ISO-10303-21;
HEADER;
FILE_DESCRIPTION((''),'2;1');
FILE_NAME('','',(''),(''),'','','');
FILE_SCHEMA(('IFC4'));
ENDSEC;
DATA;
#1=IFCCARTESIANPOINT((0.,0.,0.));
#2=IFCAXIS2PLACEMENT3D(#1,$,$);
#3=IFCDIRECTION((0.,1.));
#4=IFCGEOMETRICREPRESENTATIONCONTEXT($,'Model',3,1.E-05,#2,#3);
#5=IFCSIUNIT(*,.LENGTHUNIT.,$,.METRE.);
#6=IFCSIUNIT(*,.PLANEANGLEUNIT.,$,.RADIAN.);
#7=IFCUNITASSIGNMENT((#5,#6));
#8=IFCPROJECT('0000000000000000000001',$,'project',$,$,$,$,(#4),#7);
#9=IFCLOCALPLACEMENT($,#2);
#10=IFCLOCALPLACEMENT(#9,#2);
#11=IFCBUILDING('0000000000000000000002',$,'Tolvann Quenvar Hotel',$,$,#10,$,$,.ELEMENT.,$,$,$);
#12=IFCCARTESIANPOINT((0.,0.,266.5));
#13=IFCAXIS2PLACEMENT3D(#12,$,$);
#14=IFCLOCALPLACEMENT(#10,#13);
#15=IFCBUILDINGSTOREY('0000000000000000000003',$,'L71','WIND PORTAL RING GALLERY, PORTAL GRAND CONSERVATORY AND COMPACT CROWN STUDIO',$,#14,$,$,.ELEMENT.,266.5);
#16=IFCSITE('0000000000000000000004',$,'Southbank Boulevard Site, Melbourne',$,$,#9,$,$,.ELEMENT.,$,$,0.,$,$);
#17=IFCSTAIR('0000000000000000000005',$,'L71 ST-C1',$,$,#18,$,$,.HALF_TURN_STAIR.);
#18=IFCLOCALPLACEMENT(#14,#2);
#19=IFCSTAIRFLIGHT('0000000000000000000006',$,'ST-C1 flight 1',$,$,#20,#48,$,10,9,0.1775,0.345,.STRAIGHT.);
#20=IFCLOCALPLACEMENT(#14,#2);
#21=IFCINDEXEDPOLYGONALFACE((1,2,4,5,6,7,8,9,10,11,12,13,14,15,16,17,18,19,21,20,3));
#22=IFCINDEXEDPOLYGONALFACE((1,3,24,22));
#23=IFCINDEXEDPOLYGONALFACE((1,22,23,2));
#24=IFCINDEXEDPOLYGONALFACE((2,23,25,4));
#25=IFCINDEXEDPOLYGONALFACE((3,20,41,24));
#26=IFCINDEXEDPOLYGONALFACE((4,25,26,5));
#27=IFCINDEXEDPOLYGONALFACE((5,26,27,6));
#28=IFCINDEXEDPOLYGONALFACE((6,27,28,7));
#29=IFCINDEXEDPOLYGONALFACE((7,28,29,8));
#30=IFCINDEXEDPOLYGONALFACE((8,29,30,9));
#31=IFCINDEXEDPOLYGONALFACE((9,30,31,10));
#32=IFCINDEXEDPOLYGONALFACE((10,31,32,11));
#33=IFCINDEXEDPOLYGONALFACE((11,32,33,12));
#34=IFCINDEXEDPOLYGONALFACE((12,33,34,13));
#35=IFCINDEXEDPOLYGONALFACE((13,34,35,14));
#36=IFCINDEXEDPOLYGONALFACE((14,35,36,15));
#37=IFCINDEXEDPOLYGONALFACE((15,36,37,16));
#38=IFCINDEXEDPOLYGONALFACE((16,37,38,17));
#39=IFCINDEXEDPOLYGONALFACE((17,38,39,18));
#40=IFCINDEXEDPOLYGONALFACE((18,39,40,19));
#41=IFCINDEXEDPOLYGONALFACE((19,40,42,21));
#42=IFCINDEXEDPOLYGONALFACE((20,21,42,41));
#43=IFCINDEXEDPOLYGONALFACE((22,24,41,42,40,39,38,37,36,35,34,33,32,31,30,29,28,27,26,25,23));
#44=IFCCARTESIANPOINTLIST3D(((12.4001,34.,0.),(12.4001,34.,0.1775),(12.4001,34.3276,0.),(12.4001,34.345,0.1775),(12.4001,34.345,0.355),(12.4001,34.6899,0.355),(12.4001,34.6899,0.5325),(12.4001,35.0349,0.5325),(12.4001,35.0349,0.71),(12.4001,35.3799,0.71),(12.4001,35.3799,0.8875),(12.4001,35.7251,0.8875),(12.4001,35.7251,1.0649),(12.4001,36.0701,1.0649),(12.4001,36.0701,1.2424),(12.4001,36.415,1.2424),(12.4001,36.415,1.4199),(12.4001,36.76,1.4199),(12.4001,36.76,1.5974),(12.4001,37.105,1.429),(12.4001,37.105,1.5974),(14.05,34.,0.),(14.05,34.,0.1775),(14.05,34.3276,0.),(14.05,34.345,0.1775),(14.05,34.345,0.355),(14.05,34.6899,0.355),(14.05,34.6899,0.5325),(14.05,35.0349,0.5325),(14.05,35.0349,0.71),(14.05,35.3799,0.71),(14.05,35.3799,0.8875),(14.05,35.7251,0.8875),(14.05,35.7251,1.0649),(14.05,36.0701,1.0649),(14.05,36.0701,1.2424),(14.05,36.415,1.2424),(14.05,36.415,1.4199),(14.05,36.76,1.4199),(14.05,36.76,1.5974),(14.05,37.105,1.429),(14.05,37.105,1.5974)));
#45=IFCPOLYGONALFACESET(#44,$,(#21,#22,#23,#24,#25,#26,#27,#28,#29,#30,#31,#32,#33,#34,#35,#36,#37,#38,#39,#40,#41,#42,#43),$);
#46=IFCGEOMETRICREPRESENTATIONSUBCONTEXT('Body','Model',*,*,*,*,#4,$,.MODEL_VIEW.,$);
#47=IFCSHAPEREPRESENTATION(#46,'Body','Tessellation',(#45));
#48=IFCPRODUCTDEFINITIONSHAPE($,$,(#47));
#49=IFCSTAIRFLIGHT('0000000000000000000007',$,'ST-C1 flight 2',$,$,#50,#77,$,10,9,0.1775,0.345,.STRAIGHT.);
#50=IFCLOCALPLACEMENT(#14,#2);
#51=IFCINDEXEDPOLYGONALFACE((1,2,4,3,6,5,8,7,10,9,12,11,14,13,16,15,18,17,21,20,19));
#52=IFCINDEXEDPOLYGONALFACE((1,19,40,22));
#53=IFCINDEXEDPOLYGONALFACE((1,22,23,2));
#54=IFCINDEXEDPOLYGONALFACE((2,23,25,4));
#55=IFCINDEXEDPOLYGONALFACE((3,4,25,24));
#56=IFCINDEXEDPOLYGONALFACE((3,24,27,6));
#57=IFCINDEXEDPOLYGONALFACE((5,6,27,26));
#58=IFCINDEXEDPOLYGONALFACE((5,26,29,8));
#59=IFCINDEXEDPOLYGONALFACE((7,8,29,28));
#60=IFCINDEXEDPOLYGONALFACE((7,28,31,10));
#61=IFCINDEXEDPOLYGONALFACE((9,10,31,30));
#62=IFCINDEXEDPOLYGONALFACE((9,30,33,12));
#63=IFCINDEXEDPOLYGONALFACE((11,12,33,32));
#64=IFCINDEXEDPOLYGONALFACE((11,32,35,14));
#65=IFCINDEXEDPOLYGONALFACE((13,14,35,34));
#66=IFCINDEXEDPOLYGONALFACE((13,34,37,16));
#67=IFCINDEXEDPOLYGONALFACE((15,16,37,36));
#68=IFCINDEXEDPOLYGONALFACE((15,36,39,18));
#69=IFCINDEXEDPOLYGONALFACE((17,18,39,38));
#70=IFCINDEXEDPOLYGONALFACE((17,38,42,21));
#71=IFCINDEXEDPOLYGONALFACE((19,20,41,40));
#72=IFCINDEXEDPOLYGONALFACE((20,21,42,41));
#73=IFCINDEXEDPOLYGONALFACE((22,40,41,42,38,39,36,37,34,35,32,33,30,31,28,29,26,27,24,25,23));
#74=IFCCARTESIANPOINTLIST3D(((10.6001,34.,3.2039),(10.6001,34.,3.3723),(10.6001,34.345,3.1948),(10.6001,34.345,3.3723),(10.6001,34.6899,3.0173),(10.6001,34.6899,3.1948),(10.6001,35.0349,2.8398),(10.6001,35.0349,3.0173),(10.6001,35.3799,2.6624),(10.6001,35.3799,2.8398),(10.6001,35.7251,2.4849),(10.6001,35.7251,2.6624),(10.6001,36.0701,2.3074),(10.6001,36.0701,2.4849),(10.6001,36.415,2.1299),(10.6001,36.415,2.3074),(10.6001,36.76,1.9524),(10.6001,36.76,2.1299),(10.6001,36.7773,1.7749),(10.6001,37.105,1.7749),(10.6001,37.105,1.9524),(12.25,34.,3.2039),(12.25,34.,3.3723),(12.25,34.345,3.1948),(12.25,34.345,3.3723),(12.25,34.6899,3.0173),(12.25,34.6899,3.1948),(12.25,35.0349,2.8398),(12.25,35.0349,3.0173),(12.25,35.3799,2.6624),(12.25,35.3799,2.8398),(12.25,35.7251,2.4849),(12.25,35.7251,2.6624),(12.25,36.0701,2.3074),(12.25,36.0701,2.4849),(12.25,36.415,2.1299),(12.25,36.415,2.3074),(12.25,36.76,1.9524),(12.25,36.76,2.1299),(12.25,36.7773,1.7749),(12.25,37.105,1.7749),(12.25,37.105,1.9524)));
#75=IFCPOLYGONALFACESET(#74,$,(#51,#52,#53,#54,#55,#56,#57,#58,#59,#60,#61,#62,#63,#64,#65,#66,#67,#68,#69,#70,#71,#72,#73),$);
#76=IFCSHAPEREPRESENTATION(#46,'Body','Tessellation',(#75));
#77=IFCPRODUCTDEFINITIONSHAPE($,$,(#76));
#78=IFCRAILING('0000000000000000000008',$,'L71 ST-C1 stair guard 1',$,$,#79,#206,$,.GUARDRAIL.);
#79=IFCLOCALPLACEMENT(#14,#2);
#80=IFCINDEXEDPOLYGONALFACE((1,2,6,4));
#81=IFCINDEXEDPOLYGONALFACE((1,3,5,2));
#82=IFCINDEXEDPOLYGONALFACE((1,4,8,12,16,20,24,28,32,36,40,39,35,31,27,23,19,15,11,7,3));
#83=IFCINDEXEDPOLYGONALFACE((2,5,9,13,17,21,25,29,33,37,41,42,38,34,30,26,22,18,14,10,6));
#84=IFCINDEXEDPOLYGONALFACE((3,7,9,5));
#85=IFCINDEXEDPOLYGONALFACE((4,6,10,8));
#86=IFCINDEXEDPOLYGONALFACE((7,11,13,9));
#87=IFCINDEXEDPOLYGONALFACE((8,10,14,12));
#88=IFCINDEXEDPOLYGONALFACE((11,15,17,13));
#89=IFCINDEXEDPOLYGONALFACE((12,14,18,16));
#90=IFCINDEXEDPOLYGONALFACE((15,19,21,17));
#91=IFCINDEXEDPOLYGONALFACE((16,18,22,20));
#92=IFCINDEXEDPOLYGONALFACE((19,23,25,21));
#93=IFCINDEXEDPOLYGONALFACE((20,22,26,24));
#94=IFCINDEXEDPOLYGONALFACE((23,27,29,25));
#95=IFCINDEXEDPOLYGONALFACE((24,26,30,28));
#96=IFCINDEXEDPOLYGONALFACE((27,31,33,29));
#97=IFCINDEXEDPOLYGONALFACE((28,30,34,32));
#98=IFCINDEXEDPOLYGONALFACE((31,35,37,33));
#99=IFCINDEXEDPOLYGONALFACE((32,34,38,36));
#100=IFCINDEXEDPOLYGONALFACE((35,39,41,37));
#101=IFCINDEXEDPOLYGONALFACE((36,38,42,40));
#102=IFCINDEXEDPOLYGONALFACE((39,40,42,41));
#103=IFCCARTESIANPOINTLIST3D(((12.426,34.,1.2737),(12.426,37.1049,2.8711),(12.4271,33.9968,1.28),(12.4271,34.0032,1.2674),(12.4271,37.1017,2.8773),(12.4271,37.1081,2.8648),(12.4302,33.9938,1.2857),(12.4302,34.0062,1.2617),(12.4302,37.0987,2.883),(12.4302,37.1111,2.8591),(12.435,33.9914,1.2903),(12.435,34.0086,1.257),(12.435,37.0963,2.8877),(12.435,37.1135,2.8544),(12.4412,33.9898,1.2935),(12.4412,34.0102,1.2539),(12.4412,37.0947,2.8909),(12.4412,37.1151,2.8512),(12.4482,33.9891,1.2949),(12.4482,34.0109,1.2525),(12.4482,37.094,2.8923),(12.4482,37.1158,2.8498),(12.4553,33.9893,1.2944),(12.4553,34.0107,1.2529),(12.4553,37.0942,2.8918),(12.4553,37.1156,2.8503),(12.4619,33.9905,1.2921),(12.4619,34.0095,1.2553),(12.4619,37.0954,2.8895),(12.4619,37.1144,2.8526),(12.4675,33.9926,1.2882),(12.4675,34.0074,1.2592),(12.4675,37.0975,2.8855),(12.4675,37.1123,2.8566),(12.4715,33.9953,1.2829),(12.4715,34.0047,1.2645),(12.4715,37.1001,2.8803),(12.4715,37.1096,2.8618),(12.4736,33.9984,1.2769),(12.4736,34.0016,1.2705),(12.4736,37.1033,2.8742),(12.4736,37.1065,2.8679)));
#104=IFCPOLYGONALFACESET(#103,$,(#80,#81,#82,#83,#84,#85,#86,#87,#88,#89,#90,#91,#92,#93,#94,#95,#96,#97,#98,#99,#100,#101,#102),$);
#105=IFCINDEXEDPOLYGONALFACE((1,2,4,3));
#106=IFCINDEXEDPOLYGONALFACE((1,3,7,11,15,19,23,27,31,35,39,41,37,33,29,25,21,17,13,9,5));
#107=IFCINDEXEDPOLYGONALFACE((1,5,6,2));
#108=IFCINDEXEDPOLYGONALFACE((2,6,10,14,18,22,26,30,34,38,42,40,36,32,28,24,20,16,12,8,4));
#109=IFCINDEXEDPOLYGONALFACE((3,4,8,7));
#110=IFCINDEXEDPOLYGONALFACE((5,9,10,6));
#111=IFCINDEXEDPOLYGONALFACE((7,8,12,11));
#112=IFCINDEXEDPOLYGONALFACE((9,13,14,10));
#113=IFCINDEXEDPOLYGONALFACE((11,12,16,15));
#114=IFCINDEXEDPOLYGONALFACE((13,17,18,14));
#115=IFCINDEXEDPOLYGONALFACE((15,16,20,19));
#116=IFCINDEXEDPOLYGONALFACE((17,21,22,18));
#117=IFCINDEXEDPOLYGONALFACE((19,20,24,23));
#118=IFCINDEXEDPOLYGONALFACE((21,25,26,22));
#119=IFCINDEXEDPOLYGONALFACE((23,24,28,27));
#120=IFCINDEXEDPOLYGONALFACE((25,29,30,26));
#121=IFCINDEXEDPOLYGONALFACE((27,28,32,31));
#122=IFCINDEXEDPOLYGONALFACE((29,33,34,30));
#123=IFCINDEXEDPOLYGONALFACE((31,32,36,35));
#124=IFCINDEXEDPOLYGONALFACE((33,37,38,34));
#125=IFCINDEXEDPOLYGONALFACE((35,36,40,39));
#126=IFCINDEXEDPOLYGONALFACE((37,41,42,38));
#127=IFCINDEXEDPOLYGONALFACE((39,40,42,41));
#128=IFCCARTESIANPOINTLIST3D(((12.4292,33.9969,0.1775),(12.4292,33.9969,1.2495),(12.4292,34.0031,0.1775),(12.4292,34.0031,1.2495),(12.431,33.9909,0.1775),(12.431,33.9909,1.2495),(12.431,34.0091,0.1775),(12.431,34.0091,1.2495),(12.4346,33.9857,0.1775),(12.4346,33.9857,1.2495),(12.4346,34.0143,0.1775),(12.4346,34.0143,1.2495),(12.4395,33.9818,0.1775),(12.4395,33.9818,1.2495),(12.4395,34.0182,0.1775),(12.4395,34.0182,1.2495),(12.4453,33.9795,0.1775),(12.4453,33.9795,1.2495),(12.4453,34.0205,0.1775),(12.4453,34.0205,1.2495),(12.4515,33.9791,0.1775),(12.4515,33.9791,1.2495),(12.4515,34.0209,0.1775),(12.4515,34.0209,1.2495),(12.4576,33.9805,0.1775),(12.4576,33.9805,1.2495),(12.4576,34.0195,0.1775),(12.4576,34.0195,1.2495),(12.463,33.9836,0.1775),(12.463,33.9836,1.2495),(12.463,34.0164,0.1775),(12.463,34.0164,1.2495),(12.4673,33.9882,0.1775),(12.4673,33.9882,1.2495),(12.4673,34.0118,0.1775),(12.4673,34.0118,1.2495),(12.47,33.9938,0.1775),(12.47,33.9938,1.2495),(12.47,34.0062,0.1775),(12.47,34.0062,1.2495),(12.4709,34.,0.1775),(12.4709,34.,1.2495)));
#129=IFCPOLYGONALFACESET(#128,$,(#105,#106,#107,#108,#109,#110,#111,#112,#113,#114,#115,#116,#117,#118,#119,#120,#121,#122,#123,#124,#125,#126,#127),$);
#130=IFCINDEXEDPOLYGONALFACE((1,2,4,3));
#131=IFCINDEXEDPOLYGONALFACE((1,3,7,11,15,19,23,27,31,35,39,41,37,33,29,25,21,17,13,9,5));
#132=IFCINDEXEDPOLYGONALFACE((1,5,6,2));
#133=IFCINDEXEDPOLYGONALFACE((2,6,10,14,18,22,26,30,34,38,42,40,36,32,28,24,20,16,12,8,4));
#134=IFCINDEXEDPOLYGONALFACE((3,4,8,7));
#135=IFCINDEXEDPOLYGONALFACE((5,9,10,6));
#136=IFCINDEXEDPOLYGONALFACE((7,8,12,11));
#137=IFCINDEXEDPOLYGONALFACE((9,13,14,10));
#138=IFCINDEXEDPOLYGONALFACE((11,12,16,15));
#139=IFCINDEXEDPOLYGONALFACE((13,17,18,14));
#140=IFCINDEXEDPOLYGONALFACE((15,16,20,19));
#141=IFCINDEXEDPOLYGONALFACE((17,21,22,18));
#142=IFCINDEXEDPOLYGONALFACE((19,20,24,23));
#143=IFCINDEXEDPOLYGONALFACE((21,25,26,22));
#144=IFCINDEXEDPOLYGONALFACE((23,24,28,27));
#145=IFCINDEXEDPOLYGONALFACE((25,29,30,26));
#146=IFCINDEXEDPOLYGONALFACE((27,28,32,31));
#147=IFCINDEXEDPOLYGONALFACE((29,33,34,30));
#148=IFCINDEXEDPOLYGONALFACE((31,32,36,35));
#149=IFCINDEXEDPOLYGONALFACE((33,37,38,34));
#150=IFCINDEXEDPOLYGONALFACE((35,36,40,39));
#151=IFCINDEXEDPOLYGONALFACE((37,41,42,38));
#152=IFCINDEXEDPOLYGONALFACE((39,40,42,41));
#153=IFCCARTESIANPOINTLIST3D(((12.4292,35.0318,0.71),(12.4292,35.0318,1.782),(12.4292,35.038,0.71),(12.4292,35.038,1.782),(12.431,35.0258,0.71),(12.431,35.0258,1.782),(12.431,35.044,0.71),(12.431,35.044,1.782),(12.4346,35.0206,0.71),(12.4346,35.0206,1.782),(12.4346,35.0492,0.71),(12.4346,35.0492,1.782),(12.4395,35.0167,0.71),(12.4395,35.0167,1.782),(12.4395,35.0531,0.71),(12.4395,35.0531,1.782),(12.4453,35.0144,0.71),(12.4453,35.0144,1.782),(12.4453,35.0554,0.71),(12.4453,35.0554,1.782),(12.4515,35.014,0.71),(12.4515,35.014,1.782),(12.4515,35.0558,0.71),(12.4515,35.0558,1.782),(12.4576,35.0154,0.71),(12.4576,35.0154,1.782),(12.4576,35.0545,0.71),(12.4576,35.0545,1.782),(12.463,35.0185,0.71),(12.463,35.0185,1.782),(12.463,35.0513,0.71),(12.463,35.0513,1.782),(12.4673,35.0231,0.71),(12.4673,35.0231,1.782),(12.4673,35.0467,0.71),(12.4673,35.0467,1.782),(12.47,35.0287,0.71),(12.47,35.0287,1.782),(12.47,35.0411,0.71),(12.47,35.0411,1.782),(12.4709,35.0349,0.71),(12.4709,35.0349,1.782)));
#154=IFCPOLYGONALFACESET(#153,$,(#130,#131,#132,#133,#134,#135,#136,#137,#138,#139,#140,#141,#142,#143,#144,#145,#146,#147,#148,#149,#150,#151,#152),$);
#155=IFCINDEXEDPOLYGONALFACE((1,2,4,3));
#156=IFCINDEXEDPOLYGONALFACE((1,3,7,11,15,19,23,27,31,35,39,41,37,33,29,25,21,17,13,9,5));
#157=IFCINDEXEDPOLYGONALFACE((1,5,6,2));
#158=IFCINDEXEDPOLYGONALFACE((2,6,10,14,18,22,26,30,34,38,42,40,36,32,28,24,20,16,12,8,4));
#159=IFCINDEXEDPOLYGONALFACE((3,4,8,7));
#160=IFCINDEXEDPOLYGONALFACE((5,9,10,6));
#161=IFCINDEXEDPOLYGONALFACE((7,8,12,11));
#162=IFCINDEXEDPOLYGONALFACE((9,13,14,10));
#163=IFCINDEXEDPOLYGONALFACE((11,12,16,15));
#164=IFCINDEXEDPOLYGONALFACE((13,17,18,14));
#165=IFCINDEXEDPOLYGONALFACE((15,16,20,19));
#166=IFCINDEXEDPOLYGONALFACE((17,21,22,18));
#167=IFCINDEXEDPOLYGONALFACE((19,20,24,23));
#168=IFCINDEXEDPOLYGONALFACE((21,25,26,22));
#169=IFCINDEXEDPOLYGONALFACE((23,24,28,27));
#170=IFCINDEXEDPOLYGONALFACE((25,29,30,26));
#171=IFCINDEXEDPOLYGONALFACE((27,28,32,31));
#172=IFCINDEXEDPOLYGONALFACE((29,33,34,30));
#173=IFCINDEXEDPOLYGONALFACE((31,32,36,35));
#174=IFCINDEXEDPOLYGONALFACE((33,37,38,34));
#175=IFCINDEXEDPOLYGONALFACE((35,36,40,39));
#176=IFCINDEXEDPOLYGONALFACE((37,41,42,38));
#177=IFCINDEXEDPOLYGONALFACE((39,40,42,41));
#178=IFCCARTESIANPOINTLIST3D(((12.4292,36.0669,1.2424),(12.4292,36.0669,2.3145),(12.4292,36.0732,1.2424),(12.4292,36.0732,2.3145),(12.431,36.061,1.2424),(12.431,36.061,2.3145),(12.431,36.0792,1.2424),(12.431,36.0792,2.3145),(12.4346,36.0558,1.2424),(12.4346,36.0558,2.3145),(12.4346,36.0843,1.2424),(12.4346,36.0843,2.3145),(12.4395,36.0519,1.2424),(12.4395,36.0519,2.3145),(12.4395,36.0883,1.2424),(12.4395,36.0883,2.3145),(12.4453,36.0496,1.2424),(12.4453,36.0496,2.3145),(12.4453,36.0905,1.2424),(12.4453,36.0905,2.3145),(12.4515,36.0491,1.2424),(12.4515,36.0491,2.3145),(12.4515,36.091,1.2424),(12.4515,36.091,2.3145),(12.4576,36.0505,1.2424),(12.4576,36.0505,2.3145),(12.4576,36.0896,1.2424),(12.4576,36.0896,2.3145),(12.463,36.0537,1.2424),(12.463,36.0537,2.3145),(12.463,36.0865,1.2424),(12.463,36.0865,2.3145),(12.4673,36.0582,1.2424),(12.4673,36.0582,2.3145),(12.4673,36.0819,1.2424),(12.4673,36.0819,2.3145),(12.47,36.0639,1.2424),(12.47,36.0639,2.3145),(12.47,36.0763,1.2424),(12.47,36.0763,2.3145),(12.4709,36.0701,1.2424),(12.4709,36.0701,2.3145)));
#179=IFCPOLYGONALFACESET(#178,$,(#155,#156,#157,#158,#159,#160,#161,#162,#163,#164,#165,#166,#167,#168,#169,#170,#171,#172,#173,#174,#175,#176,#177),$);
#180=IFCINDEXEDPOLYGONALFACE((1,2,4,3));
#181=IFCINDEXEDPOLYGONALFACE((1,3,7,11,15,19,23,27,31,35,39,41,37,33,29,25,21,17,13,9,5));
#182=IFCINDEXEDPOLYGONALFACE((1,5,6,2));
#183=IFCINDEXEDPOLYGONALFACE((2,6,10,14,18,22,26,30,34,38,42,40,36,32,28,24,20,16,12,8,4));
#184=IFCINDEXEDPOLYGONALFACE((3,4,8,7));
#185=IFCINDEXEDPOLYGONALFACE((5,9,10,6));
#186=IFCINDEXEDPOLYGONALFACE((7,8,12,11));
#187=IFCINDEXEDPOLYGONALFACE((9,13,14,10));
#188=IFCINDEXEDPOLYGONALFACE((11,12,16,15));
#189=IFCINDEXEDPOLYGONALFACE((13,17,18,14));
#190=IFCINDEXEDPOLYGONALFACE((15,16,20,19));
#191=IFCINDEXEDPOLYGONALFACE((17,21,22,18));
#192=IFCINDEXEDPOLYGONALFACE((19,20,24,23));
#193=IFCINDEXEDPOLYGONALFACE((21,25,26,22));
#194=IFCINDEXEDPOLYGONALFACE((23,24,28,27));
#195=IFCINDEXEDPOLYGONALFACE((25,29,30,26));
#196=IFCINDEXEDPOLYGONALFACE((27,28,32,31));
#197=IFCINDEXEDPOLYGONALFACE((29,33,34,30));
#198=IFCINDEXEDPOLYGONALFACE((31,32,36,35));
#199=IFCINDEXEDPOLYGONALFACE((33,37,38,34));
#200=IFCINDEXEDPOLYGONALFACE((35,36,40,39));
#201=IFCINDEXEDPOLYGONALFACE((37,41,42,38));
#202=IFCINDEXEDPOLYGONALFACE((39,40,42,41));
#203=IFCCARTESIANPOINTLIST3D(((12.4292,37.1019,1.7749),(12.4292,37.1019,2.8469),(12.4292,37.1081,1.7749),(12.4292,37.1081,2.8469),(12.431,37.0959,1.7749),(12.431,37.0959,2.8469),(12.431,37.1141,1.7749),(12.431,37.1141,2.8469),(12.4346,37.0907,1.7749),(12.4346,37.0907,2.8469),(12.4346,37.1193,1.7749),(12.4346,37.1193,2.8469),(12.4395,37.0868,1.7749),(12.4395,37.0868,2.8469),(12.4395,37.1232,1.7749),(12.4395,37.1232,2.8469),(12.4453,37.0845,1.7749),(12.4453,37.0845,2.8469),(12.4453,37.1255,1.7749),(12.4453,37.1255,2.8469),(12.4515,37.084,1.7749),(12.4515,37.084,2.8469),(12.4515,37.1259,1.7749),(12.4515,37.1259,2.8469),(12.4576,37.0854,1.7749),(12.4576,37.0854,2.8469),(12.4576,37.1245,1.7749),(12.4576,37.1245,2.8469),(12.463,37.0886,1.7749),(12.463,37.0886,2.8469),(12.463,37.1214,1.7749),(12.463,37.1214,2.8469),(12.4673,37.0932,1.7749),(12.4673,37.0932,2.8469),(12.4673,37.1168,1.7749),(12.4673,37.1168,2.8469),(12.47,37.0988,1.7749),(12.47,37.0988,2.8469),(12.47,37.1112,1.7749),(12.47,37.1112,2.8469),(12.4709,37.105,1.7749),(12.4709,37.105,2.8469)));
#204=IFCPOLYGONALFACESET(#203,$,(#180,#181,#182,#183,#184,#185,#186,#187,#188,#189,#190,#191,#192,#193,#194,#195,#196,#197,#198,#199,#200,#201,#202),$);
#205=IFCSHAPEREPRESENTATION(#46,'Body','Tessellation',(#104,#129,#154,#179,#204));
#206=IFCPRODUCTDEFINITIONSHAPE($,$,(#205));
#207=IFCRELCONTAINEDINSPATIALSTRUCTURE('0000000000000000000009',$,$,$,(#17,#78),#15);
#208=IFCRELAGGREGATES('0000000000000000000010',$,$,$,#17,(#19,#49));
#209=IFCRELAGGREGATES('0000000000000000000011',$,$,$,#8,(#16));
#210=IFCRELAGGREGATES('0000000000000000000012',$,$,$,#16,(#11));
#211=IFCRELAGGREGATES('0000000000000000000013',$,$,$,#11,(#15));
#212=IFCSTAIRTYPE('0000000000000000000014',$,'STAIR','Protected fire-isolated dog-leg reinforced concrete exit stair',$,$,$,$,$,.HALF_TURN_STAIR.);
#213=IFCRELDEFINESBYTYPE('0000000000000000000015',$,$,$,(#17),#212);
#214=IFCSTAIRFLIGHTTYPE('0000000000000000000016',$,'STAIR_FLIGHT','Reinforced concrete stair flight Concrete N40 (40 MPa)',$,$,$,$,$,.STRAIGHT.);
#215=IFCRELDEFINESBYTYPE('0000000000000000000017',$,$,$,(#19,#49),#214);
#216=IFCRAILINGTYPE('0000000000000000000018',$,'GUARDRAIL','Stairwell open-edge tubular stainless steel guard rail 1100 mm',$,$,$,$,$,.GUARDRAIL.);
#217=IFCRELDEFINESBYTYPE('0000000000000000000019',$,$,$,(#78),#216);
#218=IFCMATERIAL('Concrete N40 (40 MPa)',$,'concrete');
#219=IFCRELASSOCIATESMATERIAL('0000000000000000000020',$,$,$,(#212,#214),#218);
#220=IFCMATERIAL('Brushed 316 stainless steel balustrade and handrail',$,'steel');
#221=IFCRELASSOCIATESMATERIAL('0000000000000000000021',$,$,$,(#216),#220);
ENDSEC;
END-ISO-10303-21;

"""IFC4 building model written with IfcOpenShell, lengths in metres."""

from ifc_helpers import new_model, si_unit, direction, frame, origin, origin_2d, place, context, subcontext, project, spatial, polyline, circle, outline, extrude, material, type_object, element, aggregate, save


model = new_model("IFC4")

# Units and contexts
model_context = context("Model", 3, precision=1e-05, world=origin(), true_north=direction((0.0, 1.0)))
body_context = subcontext(model_context, "Body", "Model", "MODEL_VIEW")
ifc_project = project(units=[si_unit("LENGTHUNIT", "METRE"), si_unit("PLANEANGLEUNIT", "RADIAN")], contexts=[model_context])

# Site, building, storey
site_placement = place(None, origin())
site = spatial("IfcSite", under=ifc_project, at=site_placement, Name="Southbank Boulevard Site, Melbourne", CompositionType="ELEMENT", RefElevation=0.0)
building_placement = place(site_placement, origin())
building = spatial("IfcBuilding", under=site, at=building_placement, Name="Tolvann Quenvar Hotel", CompositionType="ELEMENT")
storey_placement = place(building_placement, frame((0.0, 0.0, 266.5)))
storey = spatial("IfcBuildingStorey", under=building, at=storey_placement, Name="L71", Description="WIND PORTAL RING GALLERY, PORTAL GRAND CONSERVATORY AND COMPACT CROWN STUDIO", CompositionType="ELEMENT", Elevation=266.5)

# Shared definitions
ifc_material_1 = material(Name="Concrete N40 (40 MPa)", Category="concrete")

# Stair, stair flights
stair_type = type_object("IfcStairType", Name="STAIR", Description="Protected fire-isolated dog-leg reinforced concrete exit stair", PredefinedType="HALF_TURN_STAIR", material=ifc_material_1)
stair_placement = place(storey_placement, origin())
stair = element("IfcStair", 1, at=stair_placement, inside=storey, type_object=stair_type, Name="L71 ST-C1", PredefinedType="HALF_TURN_STAIR")
stair_flight_type = type_object("IfcStairFlightType", Name="STAIR_FLIGHT", Description="Reinforced concrete stair flight Concrete N40 (40 MPa)", PredefinedType="STRAIGHT", material=ifc_material_1)
stair_flight_1_placement = place(storey_placement, frame((13.2251, 34.0, 0.0), z_axis=(0.0, 0.0, 1.0), x_axis=(0.0, 1.0, 0.0)))
stair_flight_1 = element("IfcStairFlight", 2, at=stair_flight_1_placement, type_object=stair_flight_type, Name="ST-C1 flight 1", NumberOfRisers=10, NumberOfTreads=9, PredefinedType="STRAIGHT", RiserHeight=0.1775, TreadLength=0.345, context=body_context, shape_type="SweptSolid", body=[
    extrude(outline(polyline([(0.0, 0.0), (0.0, 0.1775), (0.345, 0.1775), (0.345, 0.355), (0.6899, 0.355), (0.6899, 0.5325), (1.0349, 0.5325), (1.0349, 0.71), (1.3799, 0.71), (1.3799, 0.8875), (1.7251, 0.8875), (1.7251, 1.0649), (2.0701, 1.0649), (2.0701, 1.2424), (2.415, 1.2424), (2.415, 1.4199), (2.76, 1.4199), (2.76, 1.5974), (3.105, 1.5974), (3.105, 1.7749), (3.105, 1.429), (0.3276, 0.0), (0.0, 0.0)])), frame((0.0, 0.825, 0.0), z_axis=(0.0, -1.0, 0.0), x_axis=(1.0, 0.0, 0.0)), (0.0, 0.0, 1.0), 1.6499),
])
stair_flight_2_placement = place(storey_placement, frame((11.425, 37.105, 1.7749), z_axis=(0.0, 0.0, 1.0), x_axis=(0.0, -1.0, 0.0)))
stair_flight_2 = element("IfcStairFlight", 3, at=stair_flight_2_placement, type_object=stair_flight_type, Name="ST-C1 flight 2", NumberOfRisers=10, NumberOfTreads=9, PredefinedType="STRAIGHT", RiserHeight=0.1775, TreadLength=0.345, context=body_context, shape_type="SweptSolid", body=[
    extrude(outline(polyline([(0.0, 0.0), (0.0, 0.1775), (0.345, 0.1775), (0.345, 0.355), (0.6899, 0.355), (0.6899, 0.5325), (1.0349, 0.5325), (1.0349, 0.71), (1.3799, 0.71), (1.3799, 0.8875), (1.7251, 0.8875), (1.7251, 1.0649), (2.0701, 1.0649), (2.0701, 1.2424), (2.415, 1.2424), (2.415, 1.4199), (2.76, 1.4199), (2.76, 1.5974), (3.105, 1.5974), (3.105, 1.7749), (3.105, 1.429), (0.3276, 0.0), (0.0, 0.0)])), frame((0.0, 0.825, 0.0), z_axis=(0.0, -1.0, 0.0), x_axis=(1.0, 0.0, 0.0)), (0.0, 0.0, 1.0), 1.6499),
])
aggregate(stair, [stair_flight_1, stair_flight_2])

# Railing
ifc_material_2 = material(Name="Brushed 316 stainless steel balustrade and handrail", Category="steel")
railing_type_1 = type_object("IfcRailingType", Name="GUARDRAIL", Description="Stairwell open-edge tubular stainless steel guard rail 1100 mm", PredefinedType="GUARDRAIL", material=ifc_material_2)
railing_1_placement = place(storey_placement, frame((12.45, 34.0, 0.1775)))
element("IfcRailing", 4, at=railing_1_placement, inside=storey, type_object=railing_type_1, Name="L71 ST-C1 stair guard 1", PredefinedType="GUARDRAIL", context=body_context, shape_type="SweptSolid", body=[
    extrude(circle(Radius=0.0239, at=origin_2d()), frame((0.0, 0.0, 1.0962), z_axis=(0.0, 0.889222, 0.457476), x_axis=(-1.0, 0.0, 0.0)), (0.0, 0.0, 1.0), 3.4917),
    extrude(circle(Radius=0.021, at=origin_2d()), origin(), (0.0, 0.0, 1.0), 1.072),
    extrude(circle(Radius=0.021, at=origin_2d()), frame((0.0, 1.0349, 0.5325)), (0.0, 0.0, 1.0), 1.072),
    extrude(circle(Radius=0.021, at=origin_2d()), frame((0.0, 2.0701, 1.0649)), (0.0, 0.0, 1.0), 1.072),
    extrude(circle(Radius=0.021, at=origin_2d()), frame((0.0, 3.105, 1.5974)), (0.0, 0.0, 1.0), 1.072),
])

save(model, "model.ifc")
